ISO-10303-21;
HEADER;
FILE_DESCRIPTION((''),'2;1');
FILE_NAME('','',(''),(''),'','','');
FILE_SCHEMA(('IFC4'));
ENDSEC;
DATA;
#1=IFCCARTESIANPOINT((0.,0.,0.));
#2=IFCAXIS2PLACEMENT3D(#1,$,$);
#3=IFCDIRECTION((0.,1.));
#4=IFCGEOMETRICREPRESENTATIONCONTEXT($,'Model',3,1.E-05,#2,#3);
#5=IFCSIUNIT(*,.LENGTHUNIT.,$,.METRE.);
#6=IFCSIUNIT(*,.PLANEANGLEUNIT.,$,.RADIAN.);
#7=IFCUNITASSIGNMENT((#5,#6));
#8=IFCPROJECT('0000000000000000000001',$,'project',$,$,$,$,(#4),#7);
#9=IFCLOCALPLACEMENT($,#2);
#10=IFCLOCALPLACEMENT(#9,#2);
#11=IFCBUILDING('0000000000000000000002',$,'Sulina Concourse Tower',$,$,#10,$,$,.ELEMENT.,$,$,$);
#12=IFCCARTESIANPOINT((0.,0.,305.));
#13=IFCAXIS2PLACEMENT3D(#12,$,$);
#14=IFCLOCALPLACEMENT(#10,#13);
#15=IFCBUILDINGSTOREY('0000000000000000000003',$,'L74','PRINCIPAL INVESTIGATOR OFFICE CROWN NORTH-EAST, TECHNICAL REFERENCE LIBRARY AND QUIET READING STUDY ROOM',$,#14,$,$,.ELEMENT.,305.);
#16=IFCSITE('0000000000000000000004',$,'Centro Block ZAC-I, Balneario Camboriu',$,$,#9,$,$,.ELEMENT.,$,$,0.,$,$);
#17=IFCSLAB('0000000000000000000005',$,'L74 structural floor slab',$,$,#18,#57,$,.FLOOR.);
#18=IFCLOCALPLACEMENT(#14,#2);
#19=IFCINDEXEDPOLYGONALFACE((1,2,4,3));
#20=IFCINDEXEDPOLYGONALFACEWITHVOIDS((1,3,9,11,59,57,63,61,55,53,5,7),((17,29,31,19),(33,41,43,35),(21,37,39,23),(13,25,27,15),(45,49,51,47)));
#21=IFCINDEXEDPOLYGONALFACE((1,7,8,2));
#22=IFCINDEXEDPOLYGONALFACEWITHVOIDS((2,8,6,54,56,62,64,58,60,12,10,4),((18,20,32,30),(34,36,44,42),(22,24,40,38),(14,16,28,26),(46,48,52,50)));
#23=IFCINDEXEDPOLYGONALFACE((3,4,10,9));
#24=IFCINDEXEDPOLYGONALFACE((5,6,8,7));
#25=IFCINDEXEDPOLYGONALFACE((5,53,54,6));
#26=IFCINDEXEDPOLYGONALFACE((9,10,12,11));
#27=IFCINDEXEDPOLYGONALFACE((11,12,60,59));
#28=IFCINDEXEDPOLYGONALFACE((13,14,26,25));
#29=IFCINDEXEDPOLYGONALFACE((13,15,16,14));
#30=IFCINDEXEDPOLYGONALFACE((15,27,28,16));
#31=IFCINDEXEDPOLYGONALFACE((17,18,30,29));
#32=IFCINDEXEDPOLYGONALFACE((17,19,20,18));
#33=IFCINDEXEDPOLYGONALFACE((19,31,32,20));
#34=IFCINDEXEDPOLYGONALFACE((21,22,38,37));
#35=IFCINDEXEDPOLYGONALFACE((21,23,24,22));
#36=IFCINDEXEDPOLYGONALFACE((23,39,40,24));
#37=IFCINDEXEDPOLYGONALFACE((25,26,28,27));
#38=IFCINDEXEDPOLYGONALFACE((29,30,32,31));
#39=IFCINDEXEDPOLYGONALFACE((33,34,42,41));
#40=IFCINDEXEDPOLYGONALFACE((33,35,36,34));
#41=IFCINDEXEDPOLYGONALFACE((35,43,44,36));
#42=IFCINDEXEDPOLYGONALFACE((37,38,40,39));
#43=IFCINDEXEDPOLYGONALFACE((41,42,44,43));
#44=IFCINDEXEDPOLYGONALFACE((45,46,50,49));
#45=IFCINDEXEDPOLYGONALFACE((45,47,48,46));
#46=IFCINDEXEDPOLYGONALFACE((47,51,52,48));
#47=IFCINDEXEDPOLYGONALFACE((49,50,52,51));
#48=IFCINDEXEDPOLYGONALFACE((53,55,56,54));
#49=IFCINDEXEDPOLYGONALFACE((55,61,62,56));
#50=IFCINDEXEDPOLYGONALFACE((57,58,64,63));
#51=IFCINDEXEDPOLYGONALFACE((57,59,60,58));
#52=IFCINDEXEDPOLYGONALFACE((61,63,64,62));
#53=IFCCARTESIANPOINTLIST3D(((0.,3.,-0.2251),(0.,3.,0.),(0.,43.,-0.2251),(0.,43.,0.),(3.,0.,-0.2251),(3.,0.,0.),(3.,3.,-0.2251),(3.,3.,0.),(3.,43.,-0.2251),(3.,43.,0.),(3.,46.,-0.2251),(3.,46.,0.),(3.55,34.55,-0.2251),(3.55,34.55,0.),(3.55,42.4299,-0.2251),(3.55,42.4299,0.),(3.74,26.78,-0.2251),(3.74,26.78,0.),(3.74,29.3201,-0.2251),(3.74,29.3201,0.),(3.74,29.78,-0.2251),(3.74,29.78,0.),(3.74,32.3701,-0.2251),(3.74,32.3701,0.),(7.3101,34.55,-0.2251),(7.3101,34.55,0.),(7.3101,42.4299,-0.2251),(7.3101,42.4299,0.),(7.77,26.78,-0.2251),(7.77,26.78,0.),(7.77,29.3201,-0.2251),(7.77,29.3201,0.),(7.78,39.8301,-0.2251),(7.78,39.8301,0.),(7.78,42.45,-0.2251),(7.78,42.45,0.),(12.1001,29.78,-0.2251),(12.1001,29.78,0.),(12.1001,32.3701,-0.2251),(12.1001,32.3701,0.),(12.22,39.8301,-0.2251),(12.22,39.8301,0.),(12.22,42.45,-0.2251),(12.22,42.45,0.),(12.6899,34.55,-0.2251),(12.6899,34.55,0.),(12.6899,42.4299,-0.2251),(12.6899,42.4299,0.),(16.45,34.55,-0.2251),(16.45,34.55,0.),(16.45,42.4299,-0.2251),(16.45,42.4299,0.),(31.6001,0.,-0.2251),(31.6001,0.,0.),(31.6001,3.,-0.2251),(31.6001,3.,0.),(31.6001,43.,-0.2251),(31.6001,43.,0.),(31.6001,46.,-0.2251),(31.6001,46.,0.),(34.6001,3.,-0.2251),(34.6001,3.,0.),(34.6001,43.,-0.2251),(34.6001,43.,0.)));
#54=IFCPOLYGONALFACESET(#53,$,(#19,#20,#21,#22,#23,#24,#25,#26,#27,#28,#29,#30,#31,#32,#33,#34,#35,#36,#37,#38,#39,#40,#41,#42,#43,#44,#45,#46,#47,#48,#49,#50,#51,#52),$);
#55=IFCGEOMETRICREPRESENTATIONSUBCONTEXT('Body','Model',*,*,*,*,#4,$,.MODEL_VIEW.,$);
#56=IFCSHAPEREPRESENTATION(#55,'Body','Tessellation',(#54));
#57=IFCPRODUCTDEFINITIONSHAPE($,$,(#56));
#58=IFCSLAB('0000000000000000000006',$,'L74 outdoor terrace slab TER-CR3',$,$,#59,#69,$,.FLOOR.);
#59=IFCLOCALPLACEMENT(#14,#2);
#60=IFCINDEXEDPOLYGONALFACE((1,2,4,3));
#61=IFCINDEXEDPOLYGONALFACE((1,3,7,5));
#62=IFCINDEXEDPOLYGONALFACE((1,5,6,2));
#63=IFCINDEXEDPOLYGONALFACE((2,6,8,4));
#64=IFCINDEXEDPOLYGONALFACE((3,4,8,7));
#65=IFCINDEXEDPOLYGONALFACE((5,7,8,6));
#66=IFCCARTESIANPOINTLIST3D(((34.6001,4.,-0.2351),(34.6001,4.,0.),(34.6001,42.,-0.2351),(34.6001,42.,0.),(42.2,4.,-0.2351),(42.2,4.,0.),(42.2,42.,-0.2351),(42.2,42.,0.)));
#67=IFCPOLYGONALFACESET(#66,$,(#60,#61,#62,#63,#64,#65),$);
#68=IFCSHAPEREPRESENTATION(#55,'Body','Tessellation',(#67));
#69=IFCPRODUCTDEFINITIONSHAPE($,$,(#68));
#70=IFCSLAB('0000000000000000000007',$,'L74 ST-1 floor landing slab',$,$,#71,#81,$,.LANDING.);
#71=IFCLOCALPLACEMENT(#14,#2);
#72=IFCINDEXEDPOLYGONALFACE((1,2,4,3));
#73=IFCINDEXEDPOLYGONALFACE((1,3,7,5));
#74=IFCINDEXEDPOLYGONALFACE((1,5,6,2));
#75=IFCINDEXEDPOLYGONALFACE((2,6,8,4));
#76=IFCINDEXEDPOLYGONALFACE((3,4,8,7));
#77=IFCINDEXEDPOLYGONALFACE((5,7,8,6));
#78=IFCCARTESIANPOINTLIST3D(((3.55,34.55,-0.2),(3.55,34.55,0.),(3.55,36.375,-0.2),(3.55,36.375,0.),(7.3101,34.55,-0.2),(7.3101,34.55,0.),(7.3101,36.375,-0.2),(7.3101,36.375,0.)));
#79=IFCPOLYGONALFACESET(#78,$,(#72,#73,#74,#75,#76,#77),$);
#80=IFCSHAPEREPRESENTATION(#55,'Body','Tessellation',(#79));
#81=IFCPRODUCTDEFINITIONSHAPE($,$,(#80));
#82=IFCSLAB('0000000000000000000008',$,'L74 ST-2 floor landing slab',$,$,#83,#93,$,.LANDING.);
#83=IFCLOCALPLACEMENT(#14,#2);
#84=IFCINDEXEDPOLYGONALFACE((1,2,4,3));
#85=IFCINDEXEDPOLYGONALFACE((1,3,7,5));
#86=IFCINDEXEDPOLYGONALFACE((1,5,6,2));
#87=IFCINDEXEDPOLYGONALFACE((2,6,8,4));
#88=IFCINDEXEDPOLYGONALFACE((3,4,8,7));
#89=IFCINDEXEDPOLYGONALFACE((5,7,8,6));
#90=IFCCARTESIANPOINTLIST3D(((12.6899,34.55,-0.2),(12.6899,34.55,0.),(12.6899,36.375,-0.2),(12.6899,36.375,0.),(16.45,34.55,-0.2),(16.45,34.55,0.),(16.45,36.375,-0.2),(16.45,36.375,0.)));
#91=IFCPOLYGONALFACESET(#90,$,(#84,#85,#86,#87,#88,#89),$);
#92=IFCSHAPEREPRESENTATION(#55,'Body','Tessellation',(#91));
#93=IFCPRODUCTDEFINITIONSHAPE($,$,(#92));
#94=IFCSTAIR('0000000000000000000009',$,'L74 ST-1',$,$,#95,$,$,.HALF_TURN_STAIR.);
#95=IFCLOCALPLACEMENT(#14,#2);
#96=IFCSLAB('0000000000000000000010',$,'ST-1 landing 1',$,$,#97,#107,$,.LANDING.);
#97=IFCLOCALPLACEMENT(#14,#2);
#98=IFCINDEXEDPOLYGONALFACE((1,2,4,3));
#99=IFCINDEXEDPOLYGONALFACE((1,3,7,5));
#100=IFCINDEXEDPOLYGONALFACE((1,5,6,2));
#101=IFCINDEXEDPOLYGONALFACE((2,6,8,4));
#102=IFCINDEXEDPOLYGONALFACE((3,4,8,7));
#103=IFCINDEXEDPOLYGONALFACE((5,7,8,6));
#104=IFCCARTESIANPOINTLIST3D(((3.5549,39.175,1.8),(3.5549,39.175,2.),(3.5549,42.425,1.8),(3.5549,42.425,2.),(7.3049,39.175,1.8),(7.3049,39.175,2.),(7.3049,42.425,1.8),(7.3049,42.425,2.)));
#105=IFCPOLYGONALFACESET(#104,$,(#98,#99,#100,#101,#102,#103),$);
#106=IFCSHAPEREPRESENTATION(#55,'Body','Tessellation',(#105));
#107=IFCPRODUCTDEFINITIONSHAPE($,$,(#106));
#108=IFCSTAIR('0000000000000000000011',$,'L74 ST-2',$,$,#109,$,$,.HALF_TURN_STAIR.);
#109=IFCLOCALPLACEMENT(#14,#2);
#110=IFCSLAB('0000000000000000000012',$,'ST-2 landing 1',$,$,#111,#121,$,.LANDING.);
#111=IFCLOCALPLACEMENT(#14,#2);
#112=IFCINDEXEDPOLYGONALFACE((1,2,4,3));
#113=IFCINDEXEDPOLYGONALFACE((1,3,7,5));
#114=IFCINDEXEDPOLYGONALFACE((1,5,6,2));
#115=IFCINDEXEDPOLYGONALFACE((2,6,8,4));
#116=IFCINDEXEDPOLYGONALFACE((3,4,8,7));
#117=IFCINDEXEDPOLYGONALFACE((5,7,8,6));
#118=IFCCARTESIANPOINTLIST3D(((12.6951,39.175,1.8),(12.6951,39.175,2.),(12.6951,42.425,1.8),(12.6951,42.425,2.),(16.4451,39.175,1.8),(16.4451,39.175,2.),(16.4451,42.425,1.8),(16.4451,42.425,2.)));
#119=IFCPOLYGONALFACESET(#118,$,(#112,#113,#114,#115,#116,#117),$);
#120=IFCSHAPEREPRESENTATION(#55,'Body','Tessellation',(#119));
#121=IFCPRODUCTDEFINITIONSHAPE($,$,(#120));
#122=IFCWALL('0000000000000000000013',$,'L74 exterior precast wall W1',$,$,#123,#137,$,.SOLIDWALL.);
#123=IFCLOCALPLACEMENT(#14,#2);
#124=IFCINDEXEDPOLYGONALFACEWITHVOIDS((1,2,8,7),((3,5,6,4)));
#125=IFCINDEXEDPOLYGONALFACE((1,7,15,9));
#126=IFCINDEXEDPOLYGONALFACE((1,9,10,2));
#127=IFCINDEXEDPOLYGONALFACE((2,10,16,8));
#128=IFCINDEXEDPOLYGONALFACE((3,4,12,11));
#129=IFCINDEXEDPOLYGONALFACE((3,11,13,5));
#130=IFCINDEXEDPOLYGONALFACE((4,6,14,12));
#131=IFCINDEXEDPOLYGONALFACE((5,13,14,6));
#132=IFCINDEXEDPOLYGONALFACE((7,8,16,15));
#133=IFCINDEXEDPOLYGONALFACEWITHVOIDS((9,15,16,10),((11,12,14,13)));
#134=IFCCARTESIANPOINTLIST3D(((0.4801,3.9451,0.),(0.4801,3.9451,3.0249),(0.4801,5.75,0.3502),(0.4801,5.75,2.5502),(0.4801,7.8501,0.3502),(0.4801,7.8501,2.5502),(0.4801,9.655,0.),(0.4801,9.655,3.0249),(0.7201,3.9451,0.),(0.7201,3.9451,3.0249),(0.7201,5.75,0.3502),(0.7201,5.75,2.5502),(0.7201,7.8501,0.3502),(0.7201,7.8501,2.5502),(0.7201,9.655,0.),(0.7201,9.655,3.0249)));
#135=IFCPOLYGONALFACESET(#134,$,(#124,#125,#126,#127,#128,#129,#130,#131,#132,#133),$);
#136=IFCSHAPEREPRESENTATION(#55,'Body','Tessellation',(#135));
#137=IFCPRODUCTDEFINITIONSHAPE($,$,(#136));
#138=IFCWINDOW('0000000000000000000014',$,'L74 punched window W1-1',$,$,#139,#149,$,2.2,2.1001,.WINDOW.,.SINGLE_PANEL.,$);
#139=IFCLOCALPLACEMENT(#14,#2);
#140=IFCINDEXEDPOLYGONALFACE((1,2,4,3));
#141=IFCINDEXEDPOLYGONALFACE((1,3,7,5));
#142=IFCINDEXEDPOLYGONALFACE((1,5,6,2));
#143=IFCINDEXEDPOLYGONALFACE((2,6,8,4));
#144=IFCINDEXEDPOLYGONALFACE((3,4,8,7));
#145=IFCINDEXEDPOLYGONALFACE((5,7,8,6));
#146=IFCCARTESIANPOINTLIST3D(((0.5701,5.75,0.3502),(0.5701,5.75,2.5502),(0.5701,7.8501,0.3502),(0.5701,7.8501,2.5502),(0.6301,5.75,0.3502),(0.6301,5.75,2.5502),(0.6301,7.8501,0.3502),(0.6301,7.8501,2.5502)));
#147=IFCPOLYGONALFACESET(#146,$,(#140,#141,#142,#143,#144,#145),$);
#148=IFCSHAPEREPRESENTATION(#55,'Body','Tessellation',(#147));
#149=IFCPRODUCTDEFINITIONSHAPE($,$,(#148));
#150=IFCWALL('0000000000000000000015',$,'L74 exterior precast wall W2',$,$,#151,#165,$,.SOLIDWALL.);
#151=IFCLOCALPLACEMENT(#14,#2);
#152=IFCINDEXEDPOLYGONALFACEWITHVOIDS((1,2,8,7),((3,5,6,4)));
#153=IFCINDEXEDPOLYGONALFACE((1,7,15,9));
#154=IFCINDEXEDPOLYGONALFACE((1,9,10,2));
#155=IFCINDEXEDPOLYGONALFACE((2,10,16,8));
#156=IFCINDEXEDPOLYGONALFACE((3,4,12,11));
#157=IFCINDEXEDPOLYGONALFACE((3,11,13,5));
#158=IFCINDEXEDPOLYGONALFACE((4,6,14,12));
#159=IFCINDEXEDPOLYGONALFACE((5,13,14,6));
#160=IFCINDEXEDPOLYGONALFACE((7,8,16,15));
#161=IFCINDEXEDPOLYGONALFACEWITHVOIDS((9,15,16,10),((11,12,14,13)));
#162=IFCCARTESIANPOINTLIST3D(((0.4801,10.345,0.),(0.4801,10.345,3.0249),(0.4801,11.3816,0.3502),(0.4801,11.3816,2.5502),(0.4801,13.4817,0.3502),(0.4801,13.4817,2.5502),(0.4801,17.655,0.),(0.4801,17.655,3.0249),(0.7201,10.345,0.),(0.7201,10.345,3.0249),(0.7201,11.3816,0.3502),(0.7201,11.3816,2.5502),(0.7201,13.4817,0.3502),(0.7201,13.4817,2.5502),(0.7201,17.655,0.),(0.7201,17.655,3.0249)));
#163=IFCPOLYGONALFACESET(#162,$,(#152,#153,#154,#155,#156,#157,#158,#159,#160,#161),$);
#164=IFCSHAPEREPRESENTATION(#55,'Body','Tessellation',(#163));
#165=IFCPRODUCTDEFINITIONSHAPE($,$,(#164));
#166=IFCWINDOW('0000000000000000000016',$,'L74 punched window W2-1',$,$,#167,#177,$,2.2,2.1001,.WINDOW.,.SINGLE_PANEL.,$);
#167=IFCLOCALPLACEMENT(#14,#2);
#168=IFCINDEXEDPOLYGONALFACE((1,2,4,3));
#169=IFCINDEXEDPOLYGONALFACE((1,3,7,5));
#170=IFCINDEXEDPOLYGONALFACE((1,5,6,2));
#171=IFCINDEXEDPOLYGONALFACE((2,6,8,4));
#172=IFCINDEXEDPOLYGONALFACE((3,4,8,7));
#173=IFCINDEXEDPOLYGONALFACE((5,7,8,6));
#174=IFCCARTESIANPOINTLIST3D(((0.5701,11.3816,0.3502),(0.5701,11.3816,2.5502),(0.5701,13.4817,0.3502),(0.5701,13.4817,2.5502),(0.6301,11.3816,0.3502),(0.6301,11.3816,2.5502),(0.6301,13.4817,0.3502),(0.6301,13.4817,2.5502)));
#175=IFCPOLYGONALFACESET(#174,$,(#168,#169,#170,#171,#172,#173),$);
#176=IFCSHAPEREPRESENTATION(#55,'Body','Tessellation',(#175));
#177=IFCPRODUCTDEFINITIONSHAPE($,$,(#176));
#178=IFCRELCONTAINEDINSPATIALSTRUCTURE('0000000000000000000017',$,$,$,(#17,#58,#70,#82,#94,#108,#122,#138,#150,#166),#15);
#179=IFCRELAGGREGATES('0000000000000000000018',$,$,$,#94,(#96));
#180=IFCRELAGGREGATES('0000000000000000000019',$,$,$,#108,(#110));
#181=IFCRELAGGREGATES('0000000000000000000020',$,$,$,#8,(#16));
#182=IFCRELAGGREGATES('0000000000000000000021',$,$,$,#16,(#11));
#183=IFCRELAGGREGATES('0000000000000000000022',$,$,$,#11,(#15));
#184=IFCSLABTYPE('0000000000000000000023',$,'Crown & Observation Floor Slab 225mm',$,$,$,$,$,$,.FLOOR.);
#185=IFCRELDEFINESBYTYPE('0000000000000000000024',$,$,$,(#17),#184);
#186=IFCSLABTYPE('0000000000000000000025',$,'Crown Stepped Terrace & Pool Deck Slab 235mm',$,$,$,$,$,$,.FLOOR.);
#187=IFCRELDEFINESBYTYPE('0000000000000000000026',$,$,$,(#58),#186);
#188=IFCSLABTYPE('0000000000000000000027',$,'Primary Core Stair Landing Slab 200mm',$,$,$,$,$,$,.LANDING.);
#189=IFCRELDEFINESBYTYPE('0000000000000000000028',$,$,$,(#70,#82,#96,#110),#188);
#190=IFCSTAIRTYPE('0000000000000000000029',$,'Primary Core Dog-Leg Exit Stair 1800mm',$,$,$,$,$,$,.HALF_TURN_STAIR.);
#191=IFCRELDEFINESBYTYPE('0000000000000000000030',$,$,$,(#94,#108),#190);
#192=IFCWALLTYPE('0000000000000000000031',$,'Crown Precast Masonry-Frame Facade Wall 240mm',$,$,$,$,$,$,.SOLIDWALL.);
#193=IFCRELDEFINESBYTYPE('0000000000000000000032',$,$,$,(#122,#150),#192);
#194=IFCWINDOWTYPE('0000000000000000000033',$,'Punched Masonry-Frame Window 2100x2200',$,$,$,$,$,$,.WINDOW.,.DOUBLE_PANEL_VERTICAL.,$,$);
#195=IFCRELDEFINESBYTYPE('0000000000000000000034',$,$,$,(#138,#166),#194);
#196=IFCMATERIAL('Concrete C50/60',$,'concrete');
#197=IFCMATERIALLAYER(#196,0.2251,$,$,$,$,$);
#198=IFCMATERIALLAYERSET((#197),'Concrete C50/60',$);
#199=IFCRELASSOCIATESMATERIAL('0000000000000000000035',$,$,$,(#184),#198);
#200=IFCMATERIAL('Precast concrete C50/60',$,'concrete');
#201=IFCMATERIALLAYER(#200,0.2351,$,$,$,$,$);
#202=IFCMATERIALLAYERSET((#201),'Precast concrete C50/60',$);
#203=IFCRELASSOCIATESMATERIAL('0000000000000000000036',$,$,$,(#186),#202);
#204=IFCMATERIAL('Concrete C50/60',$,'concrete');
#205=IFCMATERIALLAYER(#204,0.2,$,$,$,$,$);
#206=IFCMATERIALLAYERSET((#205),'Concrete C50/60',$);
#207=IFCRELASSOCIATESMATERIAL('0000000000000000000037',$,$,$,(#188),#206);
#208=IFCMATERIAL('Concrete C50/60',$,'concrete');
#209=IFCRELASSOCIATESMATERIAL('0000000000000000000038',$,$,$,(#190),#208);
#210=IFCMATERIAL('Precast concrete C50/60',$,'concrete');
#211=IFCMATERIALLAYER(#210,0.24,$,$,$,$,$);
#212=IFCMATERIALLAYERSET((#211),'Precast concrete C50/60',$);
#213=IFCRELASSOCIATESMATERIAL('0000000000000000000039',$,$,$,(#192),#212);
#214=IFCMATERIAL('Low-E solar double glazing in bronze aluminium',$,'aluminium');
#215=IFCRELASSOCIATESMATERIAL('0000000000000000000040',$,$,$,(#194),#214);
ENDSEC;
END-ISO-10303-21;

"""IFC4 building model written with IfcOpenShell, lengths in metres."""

from ifc_helpers import new_model, si_unit, direction, frame, frame_2d, origin, place, context, subcontext, project, spatial, polyline, rectangle, outline, extrude, material, layer, layer_set, type_object, element, fill, aggregate, save


model = new_model("IFC4")

# Units and contexts
model_context = context("Model", 3, precision=1e-05, world=origin(), true_north=direction((0.0, 1.0)))
body_context = subcontext(model_context, "Body", "Model", "MODEL_VIEW")
ifc_project = project(units=[si_unit("LENGTHUNIT", "METRE"), si_unit("PLANEANGLEUNIT", "RADIAN")], contexts=[model_context])

# Site, building, storey
site_placement = place(None, origin())
site = spatial("IfcSite", under=ifc_project, at=site_placement, Name="Centro Block ZAC-I, Balneario Camboriu", CompositionType="ELEMENT", RefElevation=0.0)
building_placement = place(site_placement, origin())
building = spatial("IfcBuilding", under=site, at=building_placement, Name="Sulina Concourse Tower", CompositionType="ELEMENT")
storey_placement = place(building_placement, frame((0.0, 0.0, 305.0)))
storey = spatial("IfcBuildingStorey", under=building, at=storey_placement, Name="L74", Description="PRINCIPAL INVESTIGATOR OFFICE CROWN NORTH-EAST, TECHNICAL REFERENCE LIBRARY AND QUIET READING STUDY ROOM", CompositionType="ELEMENT", Elevation=305.0)

# Slabs
ifc_material_1 = material(Name="Concrete C50/60", Category="concrete")
ifc_layer_1 = layer(ifc_material_1, 0.2251)
ifc_layer_set_1 = layer_set([ifc_layer_1], Name="Concrete C50/60")
slab_type_1 = type_object("IfcSlabType", Name="Crown & Observation Floor Slab 225mm", PredefinedType="FLOOR", material=ifc_layer_set_1)
slab_1_placement = place(storey_placement, frame((0.0, 0.0, -0.2251)))
element("IfcSlab", 1, at=slab_1_placement, inside=storey, type_object=slab_type_1, Name="L74 structural floor slab", PredefinedType="FLOOR", context=body_context, shape_type="SweptSolid", body=[
    extrude(outline(polyline([(3.0, 0.0), (31.6001, 0.0), (31.6001, 3.0), (34.6001, 3.0), (34.6001, 43.0), (31.6001, 43.0), (31.6001, 46.0), (3.0, 46.0), (3.0, 43.0), (0.0, 43.0), (0.0, 3.0), (3.0, 3.0), (3.0, 0.0)]), holes=[polyline([(7.3101, 34.55), (7.3101, 42.4299), (3.55, 42.4299), (3.55, 34.55), (7.3101, 34.55)]), polyline([(16.45, 34.55), (16.45, 42.4299), (12.6899, 42.4299), (12.6899, 34.55), (16.45, 34.55)]), polyline([(7.78, 39.8301), (12.22, 39.8301), (12.22, 42.45), (7.78, 42.45), (7.78, 39.8301)]), polyline([(3.74, 26.78), (7.77, 26.78), (7.77, 29.3201), (3.74, 29.3201), (3.74, 26.78)]), polyline([(3.74, 29.78), (12.1001, 29.78), (12.1001, 32.3701), (3.74, 32.3701), (3.74, 29.78)])]), origin(), (0.0, 0.0, 1.0), 0.2251),
])
ifc_material_2 = material(Name="Precast concrete C50/60", Category="concrete")
ifc_layer_2 = layer(ifc_material_2, 0.2351)
ifc_layer_set_2 = layer_set([ifc_layer_2], Name="Precast concrete C50/60")
slab_type_2 = type_object("IfcSlabType", Name="Crown Stepped Terrace & Pool Deck Slab 235mm", PredefinedType="FLOOR", material=ifc_layer_set_2)
slab_2_placement = place(storey_placement, frame((0.0, 0.0, -0.2351)))
element("IfcSlab", 2, at=slab_2_placement, inside=storey, type_object=slab_type_2, Name="L74 outdoor terrace slab TER-CR3", PredefinedType="FLOOR", context=body_context, shape_type="SweptSolid", body=[
    extrude(outline(polyline([(34.6001, 4.0), (42.2, 4.0), (42.2, 42.0), (34.6001, 42.0), (34.6001, 4.0)])), origin(), (0.0, 0.0, 1.0), 0.2351),
])
ifc_material_3 = material(Name="Concrete C50/60", Category="concrete")
ifc_layer_3 = layer(ifc_material_3, 0.2)
ifc_layer_set_3 = layer_set([ifc_layer_3], Name="Concrete C50/60")
slab_type_3 = type_object("IfcSlabType", Name="Primary Core Stair Landing Slab 200mm", PredefinedType="LANDING", material=ifc_layer_set_3)
slab_3_placement = place(storey_placement, frame((0.0, 0.0, -0.2)))
element("IfcSlab", 3, at=slab_3_placement, inside=storey, type_object=slab_type_3, Name="L74 ST-1 floor landing slab", PredefinedType="LANDING", context=body_context, shape_type="SweptSolid", body=[
    extrude(outline(polyline([(7.3101, 34.55), (7.3101, 36.375), (3.55, 36.375), (3.55, 34.55), (7.3101, 34.55)])), origin(), (0.0, 0.0, 1.0), 0.2),
])
slab_4_placement = place(storey_placement, frame((0.0, 0.0, -0.2)))
element("IfcSlab", 4, at=slab_4_placement, inside=storey, type_object=slab_type_3, Name="L74 ST-2 floor landing slab", PredefinedType="LANDING", context=body_context, shape_type="SweptSolid", body=[
    extrude(outline(polyline([(16.45, 34.55), (16.45, 36.375), (12.6899, 36.375), (12.6899, 34.55), (16.45, 34.55)])), origin(), (0.0, 0.0, 1.0), 0.2),
])

# Stairs, slabs
ifc_material_4 = material(Name="Concrete C50/60", Category="concrete")
stair_type = type_object("IfcStairType", Name="Primary Core Dog-Leg Exit Stair 1800mm", PredefinedType="HALF_TURN_STAIR", material=ifc_material_4)
stair_1_placement = place(storey_placement, origin())
stair_1 = element("IfcStair", 5, at=stair_1_placement, inside=storey, type_object=stair_type, Name="L74 ST-1", PredefinedType="HALF_TURN_STAIR")
slab_5_placement = place(storey_placement, frame((0.0, 0.0, 1.8)))
slab_5 = element("IfcSlab", 6, at=slab_5_placement, type_object=slab_type_3, Name="ST-1 landing 1", PredefinedType="LANDING", context=body_context, shape_type="SweptSolid", body=[
    extrude(outline(polyline([(7.3049, 39.175), (7.3049, 42.425), (3.5549, 42.425), (3.5549, 39.175), (7.3049, 39.175)])), origin(), (0.0, 0.0, 1.0), 0.2),
])
aggregate(stair_1, [slab_5])
stair_2_placement = place(storey_placement, origin())
stair_2 = element("IfcStair", 7, at=stair_2_placement, inside=storey, type_object=stair_type, Name="L74 ST-2", PredefinedType="HALF_TURN_STAIR")
slab_6_placement = place(storey_placement, frame((0.0, 0.0, 1.8)))
slab_6 = element("IfcSlab", 8, at=slab_6_placement, type_object=slab_type_3, Name="ST-2 landing 1", PredefinedType="LANDING", context=body_context, shape_type="SweptSolid", body=[
    extrude(outline(polyline([(16.4451, 39.175), (16.4451, 42.425), (12.6951, 42.425), (12.6951, 39.175), (16.4451, 39.175)])), origin(), (0.0, 0.0, 1.0), 0.2),
])
aggregate(stair_2, [slab_6])

# Walls, openings, windows
ifc_material_5 = material(Name="Precast concrete C50/60", Category="concrete")
ifc_layer_4 = layer(ifc_material_5, 0.24)
ifc_layer_set_4 = layer_set([ifc_layer_4], Name="Precast concrete C50/60")
wall_type_1 = type_object("IfcWallType", Name="Crown Precast Masonry-Frame Facade Wall 240mm", PredefinedType="SOLIDWALL", material=ifc_layer_set_4)
wall_1_placement = place(storey_placement, frame((0.6001, 3.9451, 0.0), z_axis=(0.0, 0.0, 1.0), x_axis=(0.0, 1.0, 0.0)))
wall_1 = element("IfcWall", 9, at=wall_1_placement, inside=storey, type_object=wall_type_1, Name="L74 exterior precast wall W1", PredefinedType="SOLIDWALL", context=body_context, shape_type="SweptSolid", body=[
    extrude(rectangle(XDim=5.71, YDim=0.24, at=frame_2d((2.855, 0.0))), origin(), (0.0, 0.0, 1.0), 3.0249),
])
opening_1_placement = place(wall_1_placement, frame((1.8049, 0.0, 0.3501)))
opening_1 = element("IfcOpeningElement", 10, at=opening_1_placement, cuts=wall_1, PredefinedType="OPENING", context=body_context, shape_type="SweptSolid", body=[
    extrude(rectangle(XDim=2.1001, YDim=2.2, at=frame_2d((1.05, 1.1001))), frame((0.0, 0.1299, 0.0), z_axis=(0.0, -1.0, 0.0), x_axis=(1.0, 0.0, 0.0)), (0.0, 0.0, 1.0), 0.26),
])
ifc_material_6 = material(Name="Low-E solar double glazing in bronze aluminium", Category="aluminium")
window_type = type_object("IfcWindowType", Name="Punched Masonry-Frame Window 2100x2200", PartitioningType="DOUBLE_PANEL_VERTICAL", PredefinedType="WINDOW", material=ifc_material_6)
window_1_placement = place(opening_1_placement, origin())
window_1 = element("IfcWindow", 11, at=window_1_placement, inside=storey, type_object=window_type, Name="L74 punched window W1-1", OverallHeight=2.2, OverallWidth=2.1001, PartitioningType="SINGLE_PANEL", PredefinedType="WINDOW", context=body_context, shape_type="SweptSolid", body=[
    extrude(rectangle(XDim=2.1001, YDim=2.2, at=frame_2d((1.05, 1.1001))), frame((0.0, 0.03, 0.0), z_axis=(0.0, -1.0, 0.0), x_axis=(1.0, 0.0, 0.0)), (0.0, 0.0, 1.0), 0.0601),
])
fill(opening_1, window_1)
wall_2_placement = place(storey_placement, frame((0.6001, 10.345, 0.0), z_axis=(0.0, 0.0, 1.0), x_axis=(0.0, 1.0, 0.0)))
wall_2 = element("IfcWall", 12, at=wall_2_placement, inside=storey, type_object=wall_type_1, Name="L74 exterior precast wall W2", PredefinedType="SOLIDWALL", context=body_context, shape_type="SweptSolid", body=[
    extrude(rectangle(XDim=7.3101, YDim=0.24, at=frame_2d((3.655, 0.0))), origin(), (0.0, 0.0, 1.0), 3.0249),
])
opening_2_placement = place(wall_2_placement, frame((1.0366, 0.0, 0.3501)))
opening_2 = element("IfcOpeningElement", 13, at=opening_2_placement, cuts=wall_2, PredefinedType="OPENING", context=body_context, shape_type="SweptSolid", body=[
    extrude(rectangle(XDim=2.1001, YDim=2.2, at=frame_2d((1.05, 1.1001))), frame((0.0, 0.1299, 0.0), z_axis=(0.0, -1.0, 0.0), x_axis=(1.0, 0.0, 0.0)), (0.0, 0.0, 1.0), 0.26),
])
window_2_placement = place(opening_2_placement, origin())
window_2 = element("IfcWindow", 14, at=window_2_placement, inside=storey, type_object=window_type, Name="L74 punched window W2-1", OverallHeight=2.2, OverallWidth=2.1001, PartitioningType="SINGLE_PANEL", PredefinedType="WINDOW", context=body_context, shape_type="SweptSolid", body=[
    extrude(rectangle(XDim=2.1001, YDim=2.2, at=frame_2d((1.05, 1.1001))), frame((0.0, 0.03, 0.0), z_axis=(0.0, -1.0, 0.0), x_axis=(1.0, 0.0, 0.0)), (0.0, 0.0, 1.0), 0.0601),
])
fill(opening_2, window_2)

save(model, "model.ifc")
